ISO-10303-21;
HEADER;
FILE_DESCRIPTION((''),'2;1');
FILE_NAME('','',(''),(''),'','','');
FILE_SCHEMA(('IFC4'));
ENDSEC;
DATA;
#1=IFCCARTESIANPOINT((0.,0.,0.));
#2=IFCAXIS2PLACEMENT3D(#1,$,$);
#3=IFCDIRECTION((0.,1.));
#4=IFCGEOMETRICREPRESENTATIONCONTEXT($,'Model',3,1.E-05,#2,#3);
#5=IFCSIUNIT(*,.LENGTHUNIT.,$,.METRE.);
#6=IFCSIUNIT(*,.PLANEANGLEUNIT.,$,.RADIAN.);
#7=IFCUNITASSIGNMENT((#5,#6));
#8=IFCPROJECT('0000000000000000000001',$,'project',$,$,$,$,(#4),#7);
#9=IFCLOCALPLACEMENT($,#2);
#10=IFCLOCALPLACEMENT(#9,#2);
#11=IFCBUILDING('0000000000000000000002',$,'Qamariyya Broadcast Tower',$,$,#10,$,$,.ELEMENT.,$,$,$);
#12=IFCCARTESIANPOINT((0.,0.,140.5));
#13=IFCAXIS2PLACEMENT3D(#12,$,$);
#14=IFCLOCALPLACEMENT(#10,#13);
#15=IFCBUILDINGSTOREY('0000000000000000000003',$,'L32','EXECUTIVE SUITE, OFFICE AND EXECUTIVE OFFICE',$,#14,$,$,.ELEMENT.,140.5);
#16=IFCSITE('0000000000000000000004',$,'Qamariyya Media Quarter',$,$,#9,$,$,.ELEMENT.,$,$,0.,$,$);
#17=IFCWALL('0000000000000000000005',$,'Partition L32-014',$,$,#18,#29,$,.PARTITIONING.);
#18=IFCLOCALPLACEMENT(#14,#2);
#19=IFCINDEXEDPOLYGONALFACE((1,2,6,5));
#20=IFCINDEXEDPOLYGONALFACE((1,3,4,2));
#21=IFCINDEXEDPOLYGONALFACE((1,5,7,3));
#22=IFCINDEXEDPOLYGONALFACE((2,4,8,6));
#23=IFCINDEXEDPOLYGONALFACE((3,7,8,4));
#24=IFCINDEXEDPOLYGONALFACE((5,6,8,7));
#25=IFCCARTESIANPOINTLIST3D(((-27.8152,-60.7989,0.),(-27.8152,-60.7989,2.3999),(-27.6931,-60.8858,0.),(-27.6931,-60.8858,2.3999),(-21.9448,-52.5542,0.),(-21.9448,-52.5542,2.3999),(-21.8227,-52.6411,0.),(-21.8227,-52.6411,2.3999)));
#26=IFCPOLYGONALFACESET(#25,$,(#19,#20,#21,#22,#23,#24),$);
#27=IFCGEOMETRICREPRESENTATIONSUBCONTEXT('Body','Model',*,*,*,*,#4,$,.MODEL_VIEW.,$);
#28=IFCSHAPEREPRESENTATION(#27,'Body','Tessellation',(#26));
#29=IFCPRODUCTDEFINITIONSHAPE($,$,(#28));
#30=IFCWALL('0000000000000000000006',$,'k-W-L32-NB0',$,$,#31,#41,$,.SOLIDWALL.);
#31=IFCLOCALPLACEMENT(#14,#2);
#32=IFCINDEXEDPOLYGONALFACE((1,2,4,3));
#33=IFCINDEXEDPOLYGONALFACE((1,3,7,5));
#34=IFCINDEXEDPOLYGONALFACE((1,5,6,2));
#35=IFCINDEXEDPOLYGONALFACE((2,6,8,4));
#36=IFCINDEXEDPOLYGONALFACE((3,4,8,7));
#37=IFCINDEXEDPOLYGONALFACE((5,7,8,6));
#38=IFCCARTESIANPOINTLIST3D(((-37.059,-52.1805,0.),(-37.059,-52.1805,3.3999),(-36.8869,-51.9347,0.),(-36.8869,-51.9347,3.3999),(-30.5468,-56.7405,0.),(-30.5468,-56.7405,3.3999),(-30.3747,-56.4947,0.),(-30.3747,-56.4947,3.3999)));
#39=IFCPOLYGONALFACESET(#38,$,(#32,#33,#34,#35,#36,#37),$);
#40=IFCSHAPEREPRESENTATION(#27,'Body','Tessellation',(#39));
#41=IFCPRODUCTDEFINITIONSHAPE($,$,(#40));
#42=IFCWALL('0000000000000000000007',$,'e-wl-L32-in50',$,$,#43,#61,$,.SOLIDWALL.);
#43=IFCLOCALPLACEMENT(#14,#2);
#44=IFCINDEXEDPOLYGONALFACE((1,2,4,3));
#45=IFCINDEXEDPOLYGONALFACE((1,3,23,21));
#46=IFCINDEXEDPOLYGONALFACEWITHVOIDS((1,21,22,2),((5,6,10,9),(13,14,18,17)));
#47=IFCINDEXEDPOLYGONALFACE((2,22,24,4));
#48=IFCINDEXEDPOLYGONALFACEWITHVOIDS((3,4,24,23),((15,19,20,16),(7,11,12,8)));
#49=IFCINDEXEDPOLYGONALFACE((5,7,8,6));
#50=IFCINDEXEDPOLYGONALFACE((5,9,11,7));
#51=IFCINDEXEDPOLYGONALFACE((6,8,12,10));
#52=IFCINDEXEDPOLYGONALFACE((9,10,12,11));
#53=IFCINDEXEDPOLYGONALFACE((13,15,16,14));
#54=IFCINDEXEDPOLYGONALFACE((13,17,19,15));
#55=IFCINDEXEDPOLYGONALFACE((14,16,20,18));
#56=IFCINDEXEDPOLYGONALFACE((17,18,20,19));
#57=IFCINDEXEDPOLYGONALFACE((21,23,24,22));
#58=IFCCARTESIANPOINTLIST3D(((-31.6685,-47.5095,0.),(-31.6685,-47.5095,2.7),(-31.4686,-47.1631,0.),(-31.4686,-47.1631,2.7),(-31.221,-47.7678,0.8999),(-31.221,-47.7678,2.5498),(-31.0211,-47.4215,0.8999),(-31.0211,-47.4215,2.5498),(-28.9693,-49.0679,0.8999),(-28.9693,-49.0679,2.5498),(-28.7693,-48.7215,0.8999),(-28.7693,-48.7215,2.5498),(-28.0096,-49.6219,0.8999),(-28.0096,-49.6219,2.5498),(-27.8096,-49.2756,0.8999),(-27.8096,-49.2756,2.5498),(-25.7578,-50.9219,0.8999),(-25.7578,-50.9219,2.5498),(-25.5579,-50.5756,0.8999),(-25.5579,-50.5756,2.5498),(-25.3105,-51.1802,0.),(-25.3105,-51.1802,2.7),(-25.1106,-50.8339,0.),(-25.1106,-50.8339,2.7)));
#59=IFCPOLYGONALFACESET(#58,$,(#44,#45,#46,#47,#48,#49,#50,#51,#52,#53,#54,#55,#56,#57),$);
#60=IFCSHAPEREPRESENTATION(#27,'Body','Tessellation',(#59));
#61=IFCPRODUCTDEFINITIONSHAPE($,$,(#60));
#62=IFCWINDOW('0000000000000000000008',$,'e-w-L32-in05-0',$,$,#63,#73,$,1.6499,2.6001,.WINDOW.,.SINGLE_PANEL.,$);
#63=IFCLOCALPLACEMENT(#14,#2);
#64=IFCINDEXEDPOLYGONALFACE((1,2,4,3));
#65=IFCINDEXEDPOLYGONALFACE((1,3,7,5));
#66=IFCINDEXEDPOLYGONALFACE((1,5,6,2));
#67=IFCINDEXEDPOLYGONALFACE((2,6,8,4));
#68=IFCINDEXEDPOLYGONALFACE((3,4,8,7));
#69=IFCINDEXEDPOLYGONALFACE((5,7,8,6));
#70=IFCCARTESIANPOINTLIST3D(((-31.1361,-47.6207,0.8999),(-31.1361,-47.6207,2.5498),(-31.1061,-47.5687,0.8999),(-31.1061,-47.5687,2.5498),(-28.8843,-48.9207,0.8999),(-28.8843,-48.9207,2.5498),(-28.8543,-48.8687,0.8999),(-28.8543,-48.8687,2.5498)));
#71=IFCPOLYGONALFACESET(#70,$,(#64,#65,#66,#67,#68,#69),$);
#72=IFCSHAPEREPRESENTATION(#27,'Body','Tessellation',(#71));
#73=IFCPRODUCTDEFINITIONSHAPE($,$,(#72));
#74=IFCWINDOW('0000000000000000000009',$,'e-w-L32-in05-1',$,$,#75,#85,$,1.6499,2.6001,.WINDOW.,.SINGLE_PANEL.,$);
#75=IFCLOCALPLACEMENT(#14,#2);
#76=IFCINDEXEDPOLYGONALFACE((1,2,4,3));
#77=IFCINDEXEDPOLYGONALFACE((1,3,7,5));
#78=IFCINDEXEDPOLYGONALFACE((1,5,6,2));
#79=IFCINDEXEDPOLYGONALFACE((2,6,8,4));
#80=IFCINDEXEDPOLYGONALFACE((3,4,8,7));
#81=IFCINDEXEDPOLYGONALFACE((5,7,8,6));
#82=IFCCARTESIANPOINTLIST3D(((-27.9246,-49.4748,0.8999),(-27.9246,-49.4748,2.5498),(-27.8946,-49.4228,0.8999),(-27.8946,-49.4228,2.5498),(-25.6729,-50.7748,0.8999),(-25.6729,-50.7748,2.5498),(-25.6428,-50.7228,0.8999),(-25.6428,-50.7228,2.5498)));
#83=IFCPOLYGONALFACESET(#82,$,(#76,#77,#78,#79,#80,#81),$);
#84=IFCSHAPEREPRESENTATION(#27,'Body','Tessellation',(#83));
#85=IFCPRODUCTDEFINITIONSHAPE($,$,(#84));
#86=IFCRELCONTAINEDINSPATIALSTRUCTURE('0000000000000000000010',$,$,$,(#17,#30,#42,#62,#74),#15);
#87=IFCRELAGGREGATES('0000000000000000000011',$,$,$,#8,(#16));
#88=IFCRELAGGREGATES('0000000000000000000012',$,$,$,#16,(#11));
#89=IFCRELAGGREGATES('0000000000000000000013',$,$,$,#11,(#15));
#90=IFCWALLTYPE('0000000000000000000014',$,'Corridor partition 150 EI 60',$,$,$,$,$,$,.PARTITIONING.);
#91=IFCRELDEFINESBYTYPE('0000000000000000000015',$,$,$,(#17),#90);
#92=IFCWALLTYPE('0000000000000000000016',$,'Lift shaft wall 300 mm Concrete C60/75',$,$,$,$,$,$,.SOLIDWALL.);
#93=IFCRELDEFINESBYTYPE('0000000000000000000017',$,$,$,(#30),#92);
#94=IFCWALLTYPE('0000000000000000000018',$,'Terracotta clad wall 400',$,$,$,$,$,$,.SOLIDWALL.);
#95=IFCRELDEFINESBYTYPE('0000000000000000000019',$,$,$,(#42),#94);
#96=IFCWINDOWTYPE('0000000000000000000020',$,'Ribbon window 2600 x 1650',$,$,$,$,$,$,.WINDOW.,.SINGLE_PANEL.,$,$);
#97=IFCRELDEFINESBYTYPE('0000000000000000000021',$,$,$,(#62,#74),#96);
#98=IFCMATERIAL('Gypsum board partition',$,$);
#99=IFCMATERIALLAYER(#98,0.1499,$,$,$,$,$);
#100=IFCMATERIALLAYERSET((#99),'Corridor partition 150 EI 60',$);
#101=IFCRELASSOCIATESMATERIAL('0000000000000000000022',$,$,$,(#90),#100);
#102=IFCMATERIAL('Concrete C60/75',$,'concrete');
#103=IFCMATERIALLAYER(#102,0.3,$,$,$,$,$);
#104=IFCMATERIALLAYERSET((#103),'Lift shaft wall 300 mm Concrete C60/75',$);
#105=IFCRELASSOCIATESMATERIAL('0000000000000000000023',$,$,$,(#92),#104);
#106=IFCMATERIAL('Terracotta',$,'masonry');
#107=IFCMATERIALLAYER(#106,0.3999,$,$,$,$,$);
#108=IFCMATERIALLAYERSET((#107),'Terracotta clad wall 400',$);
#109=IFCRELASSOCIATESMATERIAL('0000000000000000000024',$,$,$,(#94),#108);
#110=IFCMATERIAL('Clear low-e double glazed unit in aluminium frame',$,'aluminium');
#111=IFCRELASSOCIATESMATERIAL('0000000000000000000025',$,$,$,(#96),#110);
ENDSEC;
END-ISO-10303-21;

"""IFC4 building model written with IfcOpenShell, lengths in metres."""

from ifc_helpers import new_model, si_unit, direction, frame, frame_2d, origin, place, context, subcontext, project, spatial, rectangle, extrude, material, layer, layer_set, type_object, element, fill, save


model = new_model("IFC4")

# Units and contexts
model_context = context("Model", 3, precision=1e-05, world=origin(), true_north=direction((0.0, 1.0)))
body_context = subcontext(model_context, "Body", "Model", "MODEL_VIEW")
ifc_project = project(units=[si_unit("LENGTHUNIT", "METRE"), si_unit("PLANEANGLEUNIT", "RADIAN")], contexts=[model_context])

# Site, building, storey
site_placement = place(None, origin())
site = spatial("IfcSite", under=ifc_project, at=site_placement, Name="Qamariyya Media Quarter", CompositionType="ELEMENT", RefElevation=0.0)
building_placement = place(site_placement, origin())
building = spatial("IfcBuilding", under=site, at=building_placement, Name="Qamariyya Broadcast Tower", CompositionType="ELEMENT")
storey_placement = place(building_placement, frame((0.0, 0.0, 140.5)))
storey = spatial("IfcBuildingStorey", under=building, at=storey_placement, Name="L32", Description="EXECUTIVE SUITE, OFFICE AND EXECUTIVE OFFICE", CompositionType="ELEMENT", Elevation=140.5)

# Shared definitions
ifc_material_1 = material(Name="Gypsum board partition")
ifc_layer_1 = layer(ifc_material_1, 0.1499)
ifc_layer_set_1 = layer_set([ifc_layer_1], Name="Corridor partition 150 EI 60")
wall_type_1 = type_object("IfcWallType", Name="Corridor partition 150 EI 60", PredefinedType="PARTITIONING", material=ifc_layer_set_1)

# Walls
wall_1_placement = place(storey_placement, frame((-21.8838, -52.5977, 0.0), z_axis=(0.0, 0.0, 1.0), x_axis=(-0.580017, -0.814605, 0.0)))
element("IfcWall", 1, at=wall_1_placement, inside=storey, type_object=wall_type_1, Name="Partition L32-014", PredefinedType="PARTITIONING", context=body_context, shape_type="SweptSolid", body=[
    extrude(rectangle(XDim=10.1211, YDim=0.1499, at=frame_2d((5.0605, 0.0))), origin(), (0.0, 0.0, 1.0), 2.3999),
])
ifc_material_2 = material(Name="Concrete C60/75", Category="concrete")
ifc_layer_2 = layer(ifc_material_2, 0.3)
ifc_layer_set_2 = layer_set([ifc_layer_2], Name="Lift shaft wall 300 mm Concrete C60/75")
wall_type_2 = type_object("IfcWallType", Name="Lift shaft wall 300 mm Concrete C60/75", PredefinedType="SOLIDWALL", material=ifc_layer_set_2)
wall_2_placement = place(storey_placement, frame((-30.4607, -56.6177, 0.0), z_axis=(0.0, 0.0, 1.0), x_axis=(-0.819142, 0.57359, 0.0)))
element("IfcWall", 2, at=wall_2_placement, inside=storey, type_object=wall_type_2, Name="k-W-L32-NB0", PredefinedType="SOLIDWALL", context=body_context, shape_type="SweptSolid", body=[
    extrude(rectangle(XDim=7.95, YDim=0.3, at=frame_2d((3.9751, 0.0))), origin(), (0.0, 0.0, 1.0), 3.3999),
])

# Wall, openings, windows
ifc_material_3 = material(Name="Terracotta", Category="masonry")
ifc_layer_3 = layer(ifc_material_3, 0.3999)
ifc_layer_set_3 = layer_set([ifc_layer_3], Name="Terracotta clad wall 400")
wall_type_3 = type_object("IfcWallType", Name="Terracotta clad wall 400", PredefinedType="SOLIDWALL", material=ifc_layer_set_3)
wall_3_placement = place(storey_placement, frame((-25.2104, -51.0071, 0.0), z_axis=(0.0, 0.0, 1.0), x_axis=(-0.866031, 0.499991, 0.0)))
wall_3 = element("IfcWall", 3, at=wall_3_placement, inside=storey, type_object=wall_type_3, Name="e-wl-L32-in50", PredefinedType="SOLIDWALL", context=body_context, shape_type="SweptSolid", body=[
    extrude(rectangle(XDim=7.3416, YDim=0.3999, at=frame_2d((3.6709, 0.0))), origin(), (0.0, 0.0, 1.0), 2.7),
])
opening_1_placement = place(wall_3_placement, frame((4.2249, 0.0, 0.8999)))
opening_1 = element("IfcOpeningElement", 4, at=opening_1_placement, cuts=wall_3, PredefinedType="OPENING", context=body_context, shape_type="SweptSolid", body=[
    extrude(rectangle(XDim=2.6001, YDim=1.6499, at=frame_2d((1.3, 0.825))), frame((0.0, 0.21, 0.0), z_axis=(0.0, -1.0, 0.0), x_axis=(1.0, 0.0, 0.0)), (0.0, 0.0, 1.0), 0.4199),
])
opening_2_placement = place(wall_3_placement, frame((0.5166, 0.0, 0.8999)))
opening_2 = element("IfcOpeningElement", 5, at=opening_2_placement, cuts=wall_3, PredefinedType="OPENING", context=body_context, shape_type="SweptSolid", body=[
    extrude(rectangle(XDim=2.6001, YDim=1.6499, at=frame_2d((1.3, 0.825))), frame((0.0, 0.21, 0.0), z_axis=(0.0, -1.0, 0.0), x_axis=(1.0, 0.0, 0.0)), (0.0, 0.0, 1.0), 0.4199),
])
ifc_material_4 = material(Name="Clear low-e double glazed unit in aluminium frame", Category="aluminium")
window_type = type_object("IfcWindowType", Name="Ribbon window 2600 x 1650", PartitioningType="SINGLE_PANEL", PredefinedType="WINDOW", material=ifc_material_4)
window_1_placement = place(opening_1_placement, origin())
window_1 = element("IfcWindow", 6, at=window_1_placement, inside=storey, type_object=window_type, Name="e-w-L32-in05-0", OverallHeight=1.6499, OverallWidth=2.6001, PartitioningType="SINGLE_PANEL", PredefinedType="WINDOW", context=body_context, shape_type="SweptSolid", body=[
    extrude(rectangle(XDim=2.6001, YDim=1.6499, at=frame_2d((1.3, 0.825))), frame((0.0, 0.03, 0.0), z_axis=(0.0, -1.0, 0.0), x_axis=(1.0, 0.0, 0.0)), (0.0, 0.0, 1.0), 0.0601),
])
fill(opening_1, window_1)
window_2_placement = place(opening_2_placement, origin())
window_2 = element("IfcWindow", 7, at=window_2_placement, inside=storey, type_object=window_type, Name="e-w-L32-in05-1", OverallHeight=1.6499, OverallWidth=2.6001, PartitioningType="SINGLE_PANEL", PredefinedType="WINDOW", context=body_context, shape_type="SweptSolid", body=[
    extrude(rectangle(XDim=2.6001, YDim=1.6499, at=frame_2d((1.3, 0.825))), frame((0.0, 0.03, 0.0), z_axis=(0.0, -1.0, 0.0), x_axis=(1.0, 0.0, 0.0)), (0.0, 0.0, 1.0), 0.0601),
])
fill(opening_2, window_2)

save(model, "model.ifc")
